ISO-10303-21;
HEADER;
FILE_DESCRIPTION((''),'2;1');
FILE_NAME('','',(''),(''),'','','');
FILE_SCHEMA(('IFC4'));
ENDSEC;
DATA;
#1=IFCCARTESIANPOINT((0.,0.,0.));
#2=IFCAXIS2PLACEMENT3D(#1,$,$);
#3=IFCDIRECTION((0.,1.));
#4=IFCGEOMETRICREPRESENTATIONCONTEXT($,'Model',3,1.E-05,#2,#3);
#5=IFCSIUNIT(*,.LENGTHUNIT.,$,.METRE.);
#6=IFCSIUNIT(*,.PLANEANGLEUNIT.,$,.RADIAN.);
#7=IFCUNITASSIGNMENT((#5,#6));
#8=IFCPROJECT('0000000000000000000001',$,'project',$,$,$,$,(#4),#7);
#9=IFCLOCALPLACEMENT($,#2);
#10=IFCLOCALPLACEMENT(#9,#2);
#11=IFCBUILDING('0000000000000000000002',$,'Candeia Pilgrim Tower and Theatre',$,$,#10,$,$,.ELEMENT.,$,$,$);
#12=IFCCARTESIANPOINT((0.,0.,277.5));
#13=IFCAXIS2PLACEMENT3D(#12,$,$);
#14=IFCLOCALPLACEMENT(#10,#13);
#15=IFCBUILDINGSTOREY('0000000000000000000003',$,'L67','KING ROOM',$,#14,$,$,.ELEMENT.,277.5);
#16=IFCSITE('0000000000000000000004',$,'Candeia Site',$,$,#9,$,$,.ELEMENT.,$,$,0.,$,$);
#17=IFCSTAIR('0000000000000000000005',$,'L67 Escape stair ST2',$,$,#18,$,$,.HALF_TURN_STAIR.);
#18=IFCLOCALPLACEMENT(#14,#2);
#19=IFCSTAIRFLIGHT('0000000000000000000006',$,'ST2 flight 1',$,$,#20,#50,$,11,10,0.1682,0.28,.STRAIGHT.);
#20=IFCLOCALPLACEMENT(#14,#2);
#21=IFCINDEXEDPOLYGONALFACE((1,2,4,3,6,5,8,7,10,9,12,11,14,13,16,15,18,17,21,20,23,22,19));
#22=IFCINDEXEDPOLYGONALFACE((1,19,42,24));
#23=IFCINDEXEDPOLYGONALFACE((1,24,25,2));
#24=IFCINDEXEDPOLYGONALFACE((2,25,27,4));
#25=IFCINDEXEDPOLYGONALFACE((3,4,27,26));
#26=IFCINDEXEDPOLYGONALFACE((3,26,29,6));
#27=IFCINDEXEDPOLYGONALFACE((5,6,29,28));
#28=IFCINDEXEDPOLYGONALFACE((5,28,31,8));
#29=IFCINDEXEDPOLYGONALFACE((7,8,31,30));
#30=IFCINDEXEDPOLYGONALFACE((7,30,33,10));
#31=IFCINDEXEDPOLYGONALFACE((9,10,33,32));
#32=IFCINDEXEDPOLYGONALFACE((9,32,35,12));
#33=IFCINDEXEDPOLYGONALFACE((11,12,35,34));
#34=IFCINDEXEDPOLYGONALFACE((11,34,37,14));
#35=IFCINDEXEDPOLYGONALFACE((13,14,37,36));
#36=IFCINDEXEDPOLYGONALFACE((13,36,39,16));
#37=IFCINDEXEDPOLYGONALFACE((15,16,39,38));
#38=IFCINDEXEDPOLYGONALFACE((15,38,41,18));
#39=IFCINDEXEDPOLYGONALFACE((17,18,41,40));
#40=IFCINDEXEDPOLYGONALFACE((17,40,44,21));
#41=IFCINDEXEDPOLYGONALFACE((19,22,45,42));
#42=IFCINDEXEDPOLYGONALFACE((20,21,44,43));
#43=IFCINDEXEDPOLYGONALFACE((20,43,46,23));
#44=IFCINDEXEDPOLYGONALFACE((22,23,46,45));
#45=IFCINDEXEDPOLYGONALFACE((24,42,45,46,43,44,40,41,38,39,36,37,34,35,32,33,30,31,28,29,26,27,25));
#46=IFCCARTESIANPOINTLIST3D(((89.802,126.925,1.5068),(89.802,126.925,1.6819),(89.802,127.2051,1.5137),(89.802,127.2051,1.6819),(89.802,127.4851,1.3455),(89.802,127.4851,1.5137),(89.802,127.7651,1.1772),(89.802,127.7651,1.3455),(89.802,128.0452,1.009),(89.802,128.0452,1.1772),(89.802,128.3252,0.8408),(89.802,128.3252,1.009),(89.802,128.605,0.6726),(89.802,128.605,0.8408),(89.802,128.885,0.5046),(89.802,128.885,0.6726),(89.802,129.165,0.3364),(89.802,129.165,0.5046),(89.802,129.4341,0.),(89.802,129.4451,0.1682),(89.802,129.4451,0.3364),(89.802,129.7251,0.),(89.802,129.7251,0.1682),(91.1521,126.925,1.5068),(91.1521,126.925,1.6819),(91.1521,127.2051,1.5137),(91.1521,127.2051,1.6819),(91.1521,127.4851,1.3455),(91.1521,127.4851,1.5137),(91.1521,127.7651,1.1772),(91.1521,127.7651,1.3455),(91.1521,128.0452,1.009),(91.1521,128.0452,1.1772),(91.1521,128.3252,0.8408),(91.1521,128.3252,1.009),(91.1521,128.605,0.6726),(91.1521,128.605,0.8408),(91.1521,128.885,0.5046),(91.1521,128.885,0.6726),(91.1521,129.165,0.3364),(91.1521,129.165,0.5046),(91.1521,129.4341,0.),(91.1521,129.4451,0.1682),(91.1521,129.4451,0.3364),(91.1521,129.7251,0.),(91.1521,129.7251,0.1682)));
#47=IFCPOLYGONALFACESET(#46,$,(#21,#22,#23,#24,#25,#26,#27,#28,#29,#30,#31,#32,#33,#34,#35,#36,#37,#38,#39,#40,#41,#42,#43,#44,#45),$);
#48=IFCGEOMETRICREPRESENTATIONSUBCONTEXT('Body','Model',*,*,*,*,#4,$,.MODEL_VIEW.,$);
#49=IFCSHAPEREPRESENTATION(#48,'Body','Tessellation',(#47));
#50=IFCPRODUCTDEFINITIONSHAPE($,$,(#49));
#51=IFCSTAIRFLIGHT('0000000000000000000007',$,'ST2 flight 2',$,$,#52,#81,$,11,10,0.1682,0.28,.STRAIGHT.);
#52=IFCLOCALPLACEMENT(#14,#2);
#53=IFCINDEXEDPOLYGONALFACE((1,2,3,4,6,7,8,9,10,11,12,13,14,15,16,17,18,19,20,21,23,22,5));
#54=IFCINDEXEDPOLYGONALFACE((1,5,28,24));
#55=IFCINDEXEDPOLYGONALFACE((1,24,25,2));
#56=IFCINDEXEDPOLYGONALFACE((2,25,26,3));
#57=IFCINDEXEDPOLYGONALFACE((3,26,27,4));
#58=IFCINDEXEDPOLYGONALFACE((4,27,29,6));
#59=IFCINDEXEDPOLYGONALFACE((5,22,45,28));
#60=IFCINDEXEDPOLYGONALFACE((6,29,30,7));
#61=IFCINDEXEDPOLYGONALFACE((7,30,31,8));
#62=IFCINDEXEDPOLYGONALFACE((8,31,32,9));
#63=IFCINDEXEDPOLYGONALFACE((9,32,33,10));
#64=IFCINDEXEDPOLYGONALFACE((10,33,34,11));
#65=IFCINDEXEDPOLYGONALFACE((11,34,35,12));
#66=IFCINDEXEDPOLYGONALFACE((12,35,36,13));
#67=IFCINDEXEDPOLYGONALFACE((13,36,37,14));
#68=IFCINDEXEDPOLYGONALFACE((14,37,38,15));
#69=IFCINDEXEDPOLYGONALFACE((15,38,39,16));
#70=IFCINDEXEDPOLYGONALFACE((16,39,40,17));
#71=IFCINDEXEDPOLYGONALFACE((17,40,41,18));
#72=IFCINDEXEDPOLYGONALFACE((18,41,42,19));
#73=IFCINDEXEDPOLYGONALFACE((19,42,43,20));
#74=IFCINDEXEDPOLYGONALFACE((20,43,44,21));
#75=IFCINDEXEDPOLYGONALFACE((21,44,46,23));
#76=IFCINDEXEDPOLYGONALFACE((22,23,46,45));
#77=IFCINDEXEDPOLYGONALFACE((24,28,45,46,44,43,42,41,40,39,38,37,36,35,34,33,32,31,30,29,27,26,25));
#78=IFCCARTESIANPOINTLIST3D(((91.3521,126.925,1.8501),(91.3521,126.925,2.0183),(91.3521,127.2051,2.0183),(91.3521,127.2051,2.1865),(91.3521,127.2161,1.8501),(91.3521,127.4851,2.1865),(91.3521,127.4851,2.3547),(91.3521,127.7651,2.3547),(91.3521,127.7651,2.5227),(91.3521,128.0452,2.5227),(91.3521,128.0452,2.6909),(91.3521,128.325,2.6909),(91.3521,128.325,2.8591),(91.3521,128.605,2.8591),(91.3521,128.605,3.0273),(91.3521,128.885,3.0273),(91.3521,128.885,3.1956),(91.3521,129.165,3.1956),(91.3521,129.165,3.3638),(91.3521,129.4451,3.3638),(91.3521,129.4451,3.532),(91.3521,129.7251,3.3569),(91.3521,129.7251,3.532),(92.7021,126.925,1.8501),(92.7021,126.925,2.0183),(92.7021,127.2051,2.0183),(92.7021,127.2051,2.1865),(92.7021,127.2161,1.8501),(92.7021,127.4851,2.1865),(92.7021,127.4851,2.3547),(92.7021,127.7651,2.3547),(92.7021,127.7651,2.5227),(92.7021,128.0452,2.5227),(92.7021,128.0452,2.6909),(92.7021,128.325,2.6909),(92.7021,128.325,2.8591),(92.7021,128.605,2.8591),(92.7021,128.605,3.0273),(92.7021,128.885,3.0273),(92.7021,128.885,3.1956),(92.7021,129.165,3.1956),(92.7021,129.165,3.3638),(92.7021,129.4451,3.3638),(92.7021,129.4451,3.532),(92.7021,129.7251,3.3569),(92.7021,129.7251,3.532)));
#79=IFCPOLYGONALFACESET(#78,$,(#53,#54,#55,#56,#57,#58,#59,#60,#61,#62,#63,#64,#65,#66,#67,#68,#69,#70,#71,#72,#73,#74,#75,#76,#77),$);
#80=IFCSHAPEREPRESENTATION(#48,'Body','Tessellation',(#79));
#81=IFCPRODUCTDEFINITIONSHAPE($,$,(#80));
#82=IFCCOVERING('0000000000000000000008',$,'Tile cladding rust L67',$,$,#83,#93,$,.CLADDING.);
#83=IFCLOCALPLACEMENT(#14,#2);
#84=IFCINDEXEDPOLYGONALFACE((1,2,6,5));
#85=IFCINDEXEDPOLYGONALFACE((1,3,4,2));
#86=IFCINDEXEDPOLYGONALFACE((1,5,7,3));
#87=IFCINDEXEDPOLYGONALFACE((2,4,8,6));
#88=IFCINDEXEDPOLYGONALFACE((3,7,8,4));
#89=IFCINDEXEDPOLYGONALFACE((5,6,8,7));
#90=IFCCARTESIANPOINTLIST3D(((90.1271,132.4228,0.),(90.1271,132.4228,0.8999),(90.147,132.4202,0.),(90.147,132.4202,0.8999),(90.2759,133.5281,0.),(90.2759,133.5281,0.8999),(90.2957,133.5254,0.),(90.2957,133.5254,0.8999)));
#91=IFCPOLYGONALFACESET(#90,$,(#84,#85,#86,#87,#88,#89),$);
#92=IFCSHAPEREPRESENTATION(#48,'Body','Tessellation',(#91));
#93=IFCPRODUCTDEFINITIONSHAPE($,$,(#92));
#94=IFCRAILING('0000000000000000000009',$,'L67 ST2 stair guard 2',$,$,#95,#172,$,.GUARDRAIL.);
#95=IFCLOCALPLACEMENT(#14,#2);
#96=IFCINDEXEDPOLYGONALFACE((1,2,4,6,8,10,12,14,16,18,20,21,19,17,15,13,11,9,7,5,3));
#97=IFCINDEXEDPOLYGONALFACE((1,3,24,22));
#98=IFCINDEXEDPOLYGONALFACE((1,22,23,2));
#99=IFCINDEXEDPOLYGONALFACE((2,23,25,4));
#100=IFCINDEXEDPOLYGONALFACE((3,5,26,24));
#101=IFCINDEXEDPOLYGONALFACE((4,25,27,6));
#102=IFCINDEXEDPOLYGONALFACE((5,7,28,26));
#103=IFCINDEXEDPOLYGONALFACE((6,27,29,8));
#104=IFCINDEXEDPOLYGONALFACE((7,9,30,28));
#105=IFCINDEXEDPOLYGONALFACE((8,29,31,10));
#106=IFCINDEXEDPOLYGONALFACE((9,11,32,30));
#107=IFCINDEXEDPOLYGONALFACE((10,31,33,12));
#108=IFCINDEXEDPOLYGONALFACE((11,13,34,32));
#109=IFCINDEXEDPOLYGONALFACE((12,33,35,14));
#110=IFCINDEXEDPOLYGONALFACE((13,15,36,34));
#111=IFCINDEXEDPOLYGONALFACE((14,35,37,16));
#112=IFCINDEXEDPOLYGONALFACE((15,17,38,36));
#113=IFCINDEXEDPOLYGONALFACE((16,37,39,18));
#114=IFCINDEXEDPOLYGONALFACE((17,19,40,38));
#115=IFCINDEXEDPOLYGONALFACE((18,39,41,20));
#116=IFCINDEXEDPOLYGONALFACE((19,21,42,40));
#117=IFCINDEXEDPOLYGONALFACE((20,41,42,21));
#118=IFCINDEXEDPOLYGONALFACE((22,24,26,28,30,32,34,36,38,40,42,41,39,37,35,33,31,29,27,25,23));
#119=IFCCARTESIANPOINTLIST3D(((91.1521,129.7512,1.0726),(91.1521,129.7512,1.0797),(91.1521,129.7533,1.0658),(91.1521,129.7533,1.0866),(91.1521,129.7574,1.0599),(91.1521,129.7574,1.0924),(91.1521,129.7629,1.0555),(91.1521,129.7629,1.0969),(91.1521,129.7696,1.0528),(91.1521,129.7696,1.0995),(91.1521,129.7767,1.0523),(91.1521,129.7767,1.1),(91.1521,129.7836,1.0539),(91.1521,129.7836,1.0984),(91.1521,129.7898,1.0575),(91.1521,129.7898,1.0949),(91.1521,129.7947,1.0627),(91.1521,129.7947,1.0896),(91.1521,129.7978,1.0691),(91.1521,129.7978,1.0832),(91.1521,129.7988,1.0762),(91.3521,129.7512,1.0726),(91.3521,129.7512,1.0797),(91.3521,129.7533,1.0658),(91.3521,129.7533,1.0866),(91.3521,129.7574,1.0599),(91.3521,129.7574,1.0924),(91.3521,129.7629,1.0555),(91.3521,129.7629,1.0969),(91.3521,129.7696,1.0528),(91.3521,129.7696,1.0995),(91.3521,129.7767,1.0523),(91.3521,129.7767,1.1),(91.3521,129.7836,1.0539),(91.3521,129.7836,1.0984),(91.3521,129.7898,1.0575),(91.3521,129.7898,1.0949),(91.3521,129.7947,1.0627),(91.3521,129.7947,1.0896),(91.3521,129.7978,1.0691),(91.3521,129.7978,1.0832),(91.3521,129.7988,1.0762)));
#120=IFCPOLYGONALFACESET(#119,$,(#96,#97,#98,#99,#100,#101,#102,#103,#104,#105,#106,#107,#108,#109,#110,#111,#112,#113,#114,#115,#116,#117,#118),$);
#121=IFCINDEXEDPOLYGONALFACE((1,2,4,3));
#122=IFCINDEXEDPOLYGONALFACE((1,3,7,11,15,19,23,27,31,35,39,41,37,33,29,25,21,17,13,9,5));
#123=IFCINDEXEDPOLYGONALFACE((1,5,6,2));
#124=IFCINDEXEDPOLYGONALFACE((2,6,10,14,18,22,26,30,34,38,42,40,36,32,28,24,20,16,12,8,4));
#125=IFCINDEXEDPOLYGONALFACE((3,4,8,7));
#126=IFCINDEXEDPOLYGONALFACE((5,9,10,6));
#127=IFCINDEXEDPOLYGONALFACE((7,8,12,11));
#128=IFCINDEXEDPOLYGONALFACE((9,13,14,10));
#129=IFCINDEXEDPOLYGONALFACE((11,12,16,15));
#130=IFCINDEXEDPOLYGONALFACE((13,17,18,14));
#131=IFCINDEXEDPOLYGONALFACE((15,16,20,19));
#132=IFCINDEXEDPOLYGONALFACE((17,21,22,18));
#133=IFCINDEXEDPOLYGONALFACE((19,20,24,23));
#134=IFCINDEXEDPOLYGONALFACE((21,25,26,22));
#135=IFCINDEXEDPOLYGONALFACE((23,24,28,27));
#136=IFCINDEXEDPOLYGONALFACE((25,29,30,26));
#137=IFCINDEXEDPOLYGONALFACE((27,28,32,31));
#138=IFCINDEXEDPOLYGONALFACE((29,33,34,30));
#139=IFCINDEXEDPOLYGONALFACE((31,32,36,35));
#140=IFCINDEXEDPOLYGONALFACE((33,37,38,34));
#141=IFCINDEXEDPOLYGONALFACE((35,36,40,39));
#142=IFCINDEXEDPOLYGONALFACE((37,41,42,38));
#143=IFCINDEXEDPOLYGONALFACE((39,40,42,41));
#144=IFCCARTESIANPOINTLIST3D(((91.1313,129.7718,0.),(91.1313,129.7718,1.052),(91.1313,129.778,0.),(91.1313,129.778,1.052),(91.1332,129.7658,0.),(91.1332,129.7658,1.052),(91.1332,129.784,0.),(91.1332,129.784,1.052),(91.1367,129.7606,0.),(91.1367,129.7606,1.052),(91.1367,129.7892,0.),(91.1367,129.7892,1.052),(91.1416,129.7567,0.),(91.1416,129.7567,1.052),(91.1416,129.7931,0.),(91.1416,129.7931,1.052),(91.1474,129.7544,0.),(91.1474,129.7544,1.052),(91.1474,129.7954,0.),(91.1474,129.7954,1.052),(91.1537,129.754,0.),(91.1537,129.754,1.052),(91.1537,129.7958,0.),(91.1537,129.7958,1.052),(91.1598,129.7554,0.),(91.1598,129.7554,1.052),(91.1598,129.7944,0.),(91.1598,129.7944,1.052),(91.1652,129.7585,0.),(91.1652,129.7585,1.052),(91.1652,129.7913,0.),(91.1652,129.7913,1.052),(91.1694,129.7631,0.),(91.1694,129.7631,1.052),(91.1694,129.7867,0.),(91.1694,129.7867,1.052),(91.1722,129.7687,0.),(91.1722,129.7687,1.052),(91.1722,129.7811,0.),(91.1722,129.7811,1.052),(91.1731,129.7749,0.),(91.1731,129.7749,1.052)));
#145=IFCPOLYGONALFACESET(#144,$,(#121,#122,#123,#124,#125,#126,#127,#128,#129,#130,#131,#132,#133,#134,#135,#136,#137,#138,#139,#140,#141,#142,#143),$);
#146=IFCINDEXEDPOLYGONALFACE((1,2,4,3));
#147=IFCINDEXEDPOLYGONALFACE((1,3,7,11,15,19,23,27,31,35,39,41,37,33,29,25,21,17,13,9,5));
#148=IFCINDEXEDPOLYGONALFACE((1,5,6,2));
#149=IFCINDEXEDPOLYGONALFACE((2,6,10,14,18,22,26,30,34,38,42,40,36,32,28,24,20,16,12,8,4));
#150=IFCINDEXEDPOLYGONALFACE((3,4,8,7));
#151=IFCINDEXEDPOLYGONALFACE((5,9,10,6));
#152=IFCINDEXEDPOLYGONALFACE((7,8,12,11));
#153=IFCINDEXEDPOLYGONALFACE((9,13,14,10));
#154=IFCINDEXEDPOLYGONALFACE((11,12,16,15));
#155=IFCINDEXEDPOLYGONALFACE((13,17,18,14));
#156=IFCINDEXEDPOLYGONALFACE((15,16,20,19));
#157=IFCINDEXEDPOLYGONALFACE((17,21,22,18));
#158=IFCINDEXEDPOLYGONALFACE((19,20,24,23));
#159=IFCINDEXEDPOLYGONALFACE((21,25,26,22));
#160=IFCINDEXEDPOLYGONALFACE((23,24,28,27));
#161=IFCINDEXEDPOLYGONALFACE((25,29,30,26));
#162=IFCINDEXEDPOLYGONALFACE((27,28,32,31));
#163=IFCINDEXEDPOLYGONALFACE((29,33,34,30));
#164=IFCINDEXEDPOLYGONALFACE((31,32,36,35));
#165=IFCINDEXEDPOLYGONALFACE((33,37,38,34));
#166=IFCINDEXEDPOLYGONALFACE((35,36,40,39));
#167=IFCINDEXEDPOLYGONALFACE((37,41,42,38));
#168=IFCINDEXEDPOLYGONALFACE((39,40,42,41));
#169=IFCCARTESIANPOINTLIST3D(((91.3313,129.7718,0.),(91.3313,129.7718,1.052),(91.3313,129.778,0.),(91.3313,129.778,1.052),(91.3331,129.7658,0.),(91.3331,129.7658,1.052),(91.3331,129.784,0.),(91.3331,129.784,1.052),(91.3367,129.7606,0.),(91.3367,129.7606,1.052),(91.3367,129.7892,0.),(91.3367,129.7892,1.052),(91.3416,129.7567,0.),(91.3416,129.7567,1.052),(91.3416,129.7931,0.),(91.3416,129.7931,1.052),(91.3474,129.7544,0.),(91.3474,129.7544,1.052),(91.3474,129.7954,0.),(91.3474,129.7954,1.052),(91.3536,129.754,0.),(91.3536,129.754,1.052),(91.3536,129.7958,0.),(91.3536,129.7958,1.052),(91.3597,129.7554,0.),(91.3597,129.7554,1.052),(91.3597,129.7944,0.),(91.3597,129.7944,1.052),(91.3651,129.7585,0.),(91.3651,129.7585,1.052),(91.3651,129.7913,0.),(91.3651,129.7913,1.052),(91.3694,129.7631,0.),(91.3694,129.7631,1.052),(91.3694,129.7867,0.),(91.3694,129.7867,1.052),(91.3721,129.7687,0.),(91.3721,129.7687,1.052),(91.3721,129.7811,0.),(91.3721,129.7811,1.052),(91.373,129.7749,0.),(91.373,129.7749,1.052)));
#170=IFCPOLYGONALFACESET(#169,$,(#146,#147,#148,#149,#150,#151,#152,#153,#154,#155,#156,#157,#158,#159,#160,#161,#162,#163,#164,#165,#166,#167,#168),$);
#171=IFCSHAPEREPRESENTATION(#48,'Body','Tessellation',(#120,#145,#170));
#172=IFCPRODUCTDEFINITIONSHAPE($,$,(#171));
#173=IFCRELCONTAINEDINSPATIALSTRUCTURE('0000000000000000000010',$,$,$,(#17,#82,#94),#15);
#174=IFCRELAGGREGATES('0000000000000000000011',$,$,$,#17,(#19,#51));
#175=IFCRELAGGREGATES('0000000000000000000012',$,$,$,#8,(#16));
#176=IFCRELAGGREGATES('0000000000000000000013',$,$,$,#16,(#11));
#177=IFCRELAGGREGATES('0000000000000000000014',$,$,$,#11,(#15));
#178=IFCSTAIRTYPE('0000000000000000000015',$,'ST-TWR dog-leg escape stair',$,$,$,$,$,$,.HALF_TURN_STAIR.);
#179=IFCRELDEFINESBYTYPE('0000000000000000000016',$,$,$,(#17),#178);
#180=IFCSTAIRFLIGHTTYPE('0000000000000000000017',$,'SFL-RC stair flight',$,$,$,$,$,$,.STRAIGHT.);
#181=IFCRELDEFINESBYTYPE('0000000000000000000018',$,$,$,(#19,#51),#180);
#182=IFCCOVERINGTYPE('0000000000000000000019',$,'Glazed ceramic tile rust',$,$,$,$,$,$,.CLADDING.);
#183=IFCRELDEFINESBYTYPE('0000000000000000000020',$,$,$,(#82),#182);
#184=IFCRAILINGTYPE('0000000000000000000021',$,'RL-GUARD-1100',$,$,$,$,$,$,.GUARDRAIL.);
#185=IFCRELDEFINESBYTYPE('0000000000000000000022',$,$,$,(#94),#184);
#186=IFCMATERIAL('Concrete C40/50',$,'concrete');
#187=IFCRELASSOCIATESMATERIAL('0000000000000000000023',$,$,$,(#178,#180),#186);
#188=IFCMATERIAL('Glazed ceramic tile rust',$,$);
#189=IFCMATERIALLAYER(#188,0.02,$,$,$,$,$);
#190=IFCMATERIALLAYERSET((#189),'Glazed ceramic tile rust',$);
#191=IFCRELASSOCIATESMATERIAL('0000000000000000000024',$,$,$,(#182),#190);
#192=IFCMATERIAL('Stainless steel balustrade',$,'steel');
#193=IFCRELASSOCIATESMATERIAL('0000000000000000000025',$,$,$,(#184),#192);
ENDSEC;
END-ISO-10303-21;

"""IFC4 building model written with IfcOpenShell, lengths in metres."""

from ifc_helpers import new_model, si_unit, direction, frame, origin, origin_2d, place, context, subcontext, project, spatial, polyline, rectangle, circle, outline, extrude, material, layer, layer_set, type_object, element, aggregate, save


model = new_model("IFC4")

# Units and contexts
model_context = context("Model", 3, precision=1e-05, world=origin(), true_north=direction((0.0, 1.0)))
body_context = subcontext(model_context, "Body", "Model", "MODEL_VIEW")
ifc_project = project(units=[si_unit("LENGTHUNIT", "METRE"), si_unit("PLANEANGLEUNIT", "RADIAN")], contexts=[model_context])

# Site, building, storey
site_placement = place(None, origin())
site = spatial("IfcSite", under=ifc_project, at=site_placement, Name="Candeia Site", CompositionType="ELEMENT", RefElevation=0.0)
building_placement = place(site_placement, origin())
building = spatial("IfcBuilding", under=site, at=building_placement, Name="Candeia Pilgrim Tower and Theatre", CompositionType="ELEMENT")
storey_placement = place(building_placement, frame((0.0, 0.0, 277.5)))
storey = spatial("IfcBuildingStorey", under=building, at=storey_placement, Name="L67", Description="KING ROOM", CompositionType="ELEMENT", Elevation=277.5)

# Shared definitions
ifc_material_1 = material(Name="Concrete C40/50", Category="concrete")

# Stair, stair flights
stair_type = type_object("IfcStairType", Name="ST-TWR dog-leg escape stair", PredefinedType="HALF_TURN_STAIR", material=ifc_material_1)
stair_placement = place(storey_placement, origin())
stair = element("IfcStair", 1, at=stair_placement, inside=storey, type_object=stair_type, Name="L67 Escape stair ST2", PredefinedType="HALF_TURN_STAIR")
stair_flight_type = type_object("IfcStairFlightType", Name="SFL-RC stair flight", PredefinedType="STRAIGHT", material=ifc_material_1)
stair_flight_1_placement = place(storey_placement, frame((90.4771, 129.7251, 0.0), z_axis=(0.0, 0.0, 1.0), x_axis=(0.0, -1.0, 0.0)))
stair_flight_1 = element("IfcStairFlight", 2, at=stair_flight_1_placement, type_object=stair_flight_type, Name="ST2 flight 1", NumberOfRisers=11, NumberOfTreads=10, PredefinedType="STRAIGHT", RiserHeight=0.1682, TreadLength=0.28, context=body_context, shape_type="SweptSolid", body=[
    extrude(outline(polyline([(0.0, 0.0), (0.0, 0.1682), (0.28, 0.1682), (0.28, 0.3364), (0.5601, 0.3364), (0.5601, 0.5046), (0.8401, 0.5046), (0.8401, 0.6726), (1.1201, 0.6726), (1.1201, 0.8408), (1.3999, 0.8408), (1.3999, 1.009), (1.6799, 1.009), (1.6799, 1.1772), (1.96, 1.1772), (1.96, 1.3455), (2.24, 1.3455), (2.24, 1.5137), (2.52, 1.5137), (2.52, 1.6819), (2.8, 1.6819), (2.8, 1.8501), (2.8, 1.5068), (0.291, 0.0), (0.0, 0.0)])), frame((0.0, 0.675, 0.0), z_axis=(0.0, -1.0, 0.0), x_axis=(1.0, 0.0, 0.0)), (0.0, 0.0, 1.0), 1.3501),
])
stair_flight_2_placement = place(storey_placement, frame((92.0271, 126.925, 1.8501), z_axis=(0.0, 0.0, 1.0), x_axis=(0.0, 1.0, 0.0)))
stair_flight_2 = element("IfcStairFlight", 3, at=stair_flight_2_placement, type_object=stair_flight_type, Name="ST2 flight 2", NumberOfRisers=11, NumberOfTreads=10, PredefinedType="STRAIGHT", RiserHeight=0.1682, TreadLength=0.28, context=body_context, shape_type="SweptSolid", body=[
    extrude(outline(polyline([(0.0, 0.0), (0.0, 0.1682), (0.28, 0.1682), (0.28, 0.3364), (0.5601, 0.3364), (0.5601, 0.5046), (0.8401, 0.5046), (0.8401, 0.6726), (1.1201, 0.6726), (1.1201, 0.8408), (1.3999, 0.8408), (1.3999, 1.009), (1.6799, 1.009), (1.6799, 1.1772), (1.96, 1.1772), (1.96, 1.3455), (2.24, 1.3455), (2.24, 1.5137), (2.52, 1.5137), (2.52, 1.6819), (2.8, 1.6819), (2.8, 1.8501), (2.8, 1.5068), (0.291, 0.0), (0.0, 0.0)])), frame((0.0, 0.675, 0.0), z_axis=(0.0, -1.0, 0.0), x_axis=(1.0, 0.0, 0.0)), (0.0, 0.0, 1.0), 1.3501),
])
aggregate(stair, [stair_flight_1, stair_flight_2])

# Shared definitions
ifc_material_2 = material(Name="Stainless steel balustrade", Category="steel")

# Covering
ifc_material_3 = material(Name="Glazed ceramic tile rust")
ifc_layer_1 = layer(ifc_material_3, 0.02)
ifc_layer_set_1 = layer_set([ifc_layer_1], Name="Glazed ceramic tile rust")
covering_type = type_object("IfcCoveringType", Name="Glazed ceramic tile rust", PredefinedType="CLADDING", material=ifc_layer_set_1)
covering_placement = place(storey_placement, frame((90.2114, 132.9741, 0.0), z_axis=(0.0, 0.0, 1.0), x_axis=(-0.133412, -0.991061, 0.0)))
element("IfcCovering", 4, at=covering_placement, inside=storey, type_object=covering_type, Name="Tile cladding rust L67", PredefinedType="CLADDING", context=body_context, shape_type="SweptSolid", body=[
    extrude(rectangle(XDim=1.1152, YDim=0.02, at=origin_2d()), origin(), (0.0, 0.0, 1.0), 0.8999),
])

# Railing
railing_type_1 = type_object("IfcRailingType", Name="RL-GUARD-1100", PredefinedType="GUARDRAIL", material=ifc_material_2)
railing_1_placement = place(storey_placement, frame((91.1521, 129.7749, 0.0)))
element("IfcRailing", 5, at=railing_1_placement, inside=storey, type_object=railing_type_1, Name="L67 ST2 stair guard 2", PredefinedType="GUARDRAIL", context=body_context, shape_type="SweptSolid", body=[
    extrude(circle(Radius=0.0239, at=origin_2d()), frame((0.0, 0.0, 1.0762), z_axis=(1.0, 0.0, 0.0), x_axis=(0.0, 1.0, 0.0)), (0.0, 0.0, 1.0), 0.2),
    extrude(circle(Radius=0.021, at=origin_2d()), origin(), (0.0, 0.0, 1.0), 1.052),
    extrude(circle(Radius=0.021, at=origin_2d()), frame((0.2, 0.0, 0.0)), (0.0, 0.0, 1.0), 1.052),
])

save(model, "model.ifc")
